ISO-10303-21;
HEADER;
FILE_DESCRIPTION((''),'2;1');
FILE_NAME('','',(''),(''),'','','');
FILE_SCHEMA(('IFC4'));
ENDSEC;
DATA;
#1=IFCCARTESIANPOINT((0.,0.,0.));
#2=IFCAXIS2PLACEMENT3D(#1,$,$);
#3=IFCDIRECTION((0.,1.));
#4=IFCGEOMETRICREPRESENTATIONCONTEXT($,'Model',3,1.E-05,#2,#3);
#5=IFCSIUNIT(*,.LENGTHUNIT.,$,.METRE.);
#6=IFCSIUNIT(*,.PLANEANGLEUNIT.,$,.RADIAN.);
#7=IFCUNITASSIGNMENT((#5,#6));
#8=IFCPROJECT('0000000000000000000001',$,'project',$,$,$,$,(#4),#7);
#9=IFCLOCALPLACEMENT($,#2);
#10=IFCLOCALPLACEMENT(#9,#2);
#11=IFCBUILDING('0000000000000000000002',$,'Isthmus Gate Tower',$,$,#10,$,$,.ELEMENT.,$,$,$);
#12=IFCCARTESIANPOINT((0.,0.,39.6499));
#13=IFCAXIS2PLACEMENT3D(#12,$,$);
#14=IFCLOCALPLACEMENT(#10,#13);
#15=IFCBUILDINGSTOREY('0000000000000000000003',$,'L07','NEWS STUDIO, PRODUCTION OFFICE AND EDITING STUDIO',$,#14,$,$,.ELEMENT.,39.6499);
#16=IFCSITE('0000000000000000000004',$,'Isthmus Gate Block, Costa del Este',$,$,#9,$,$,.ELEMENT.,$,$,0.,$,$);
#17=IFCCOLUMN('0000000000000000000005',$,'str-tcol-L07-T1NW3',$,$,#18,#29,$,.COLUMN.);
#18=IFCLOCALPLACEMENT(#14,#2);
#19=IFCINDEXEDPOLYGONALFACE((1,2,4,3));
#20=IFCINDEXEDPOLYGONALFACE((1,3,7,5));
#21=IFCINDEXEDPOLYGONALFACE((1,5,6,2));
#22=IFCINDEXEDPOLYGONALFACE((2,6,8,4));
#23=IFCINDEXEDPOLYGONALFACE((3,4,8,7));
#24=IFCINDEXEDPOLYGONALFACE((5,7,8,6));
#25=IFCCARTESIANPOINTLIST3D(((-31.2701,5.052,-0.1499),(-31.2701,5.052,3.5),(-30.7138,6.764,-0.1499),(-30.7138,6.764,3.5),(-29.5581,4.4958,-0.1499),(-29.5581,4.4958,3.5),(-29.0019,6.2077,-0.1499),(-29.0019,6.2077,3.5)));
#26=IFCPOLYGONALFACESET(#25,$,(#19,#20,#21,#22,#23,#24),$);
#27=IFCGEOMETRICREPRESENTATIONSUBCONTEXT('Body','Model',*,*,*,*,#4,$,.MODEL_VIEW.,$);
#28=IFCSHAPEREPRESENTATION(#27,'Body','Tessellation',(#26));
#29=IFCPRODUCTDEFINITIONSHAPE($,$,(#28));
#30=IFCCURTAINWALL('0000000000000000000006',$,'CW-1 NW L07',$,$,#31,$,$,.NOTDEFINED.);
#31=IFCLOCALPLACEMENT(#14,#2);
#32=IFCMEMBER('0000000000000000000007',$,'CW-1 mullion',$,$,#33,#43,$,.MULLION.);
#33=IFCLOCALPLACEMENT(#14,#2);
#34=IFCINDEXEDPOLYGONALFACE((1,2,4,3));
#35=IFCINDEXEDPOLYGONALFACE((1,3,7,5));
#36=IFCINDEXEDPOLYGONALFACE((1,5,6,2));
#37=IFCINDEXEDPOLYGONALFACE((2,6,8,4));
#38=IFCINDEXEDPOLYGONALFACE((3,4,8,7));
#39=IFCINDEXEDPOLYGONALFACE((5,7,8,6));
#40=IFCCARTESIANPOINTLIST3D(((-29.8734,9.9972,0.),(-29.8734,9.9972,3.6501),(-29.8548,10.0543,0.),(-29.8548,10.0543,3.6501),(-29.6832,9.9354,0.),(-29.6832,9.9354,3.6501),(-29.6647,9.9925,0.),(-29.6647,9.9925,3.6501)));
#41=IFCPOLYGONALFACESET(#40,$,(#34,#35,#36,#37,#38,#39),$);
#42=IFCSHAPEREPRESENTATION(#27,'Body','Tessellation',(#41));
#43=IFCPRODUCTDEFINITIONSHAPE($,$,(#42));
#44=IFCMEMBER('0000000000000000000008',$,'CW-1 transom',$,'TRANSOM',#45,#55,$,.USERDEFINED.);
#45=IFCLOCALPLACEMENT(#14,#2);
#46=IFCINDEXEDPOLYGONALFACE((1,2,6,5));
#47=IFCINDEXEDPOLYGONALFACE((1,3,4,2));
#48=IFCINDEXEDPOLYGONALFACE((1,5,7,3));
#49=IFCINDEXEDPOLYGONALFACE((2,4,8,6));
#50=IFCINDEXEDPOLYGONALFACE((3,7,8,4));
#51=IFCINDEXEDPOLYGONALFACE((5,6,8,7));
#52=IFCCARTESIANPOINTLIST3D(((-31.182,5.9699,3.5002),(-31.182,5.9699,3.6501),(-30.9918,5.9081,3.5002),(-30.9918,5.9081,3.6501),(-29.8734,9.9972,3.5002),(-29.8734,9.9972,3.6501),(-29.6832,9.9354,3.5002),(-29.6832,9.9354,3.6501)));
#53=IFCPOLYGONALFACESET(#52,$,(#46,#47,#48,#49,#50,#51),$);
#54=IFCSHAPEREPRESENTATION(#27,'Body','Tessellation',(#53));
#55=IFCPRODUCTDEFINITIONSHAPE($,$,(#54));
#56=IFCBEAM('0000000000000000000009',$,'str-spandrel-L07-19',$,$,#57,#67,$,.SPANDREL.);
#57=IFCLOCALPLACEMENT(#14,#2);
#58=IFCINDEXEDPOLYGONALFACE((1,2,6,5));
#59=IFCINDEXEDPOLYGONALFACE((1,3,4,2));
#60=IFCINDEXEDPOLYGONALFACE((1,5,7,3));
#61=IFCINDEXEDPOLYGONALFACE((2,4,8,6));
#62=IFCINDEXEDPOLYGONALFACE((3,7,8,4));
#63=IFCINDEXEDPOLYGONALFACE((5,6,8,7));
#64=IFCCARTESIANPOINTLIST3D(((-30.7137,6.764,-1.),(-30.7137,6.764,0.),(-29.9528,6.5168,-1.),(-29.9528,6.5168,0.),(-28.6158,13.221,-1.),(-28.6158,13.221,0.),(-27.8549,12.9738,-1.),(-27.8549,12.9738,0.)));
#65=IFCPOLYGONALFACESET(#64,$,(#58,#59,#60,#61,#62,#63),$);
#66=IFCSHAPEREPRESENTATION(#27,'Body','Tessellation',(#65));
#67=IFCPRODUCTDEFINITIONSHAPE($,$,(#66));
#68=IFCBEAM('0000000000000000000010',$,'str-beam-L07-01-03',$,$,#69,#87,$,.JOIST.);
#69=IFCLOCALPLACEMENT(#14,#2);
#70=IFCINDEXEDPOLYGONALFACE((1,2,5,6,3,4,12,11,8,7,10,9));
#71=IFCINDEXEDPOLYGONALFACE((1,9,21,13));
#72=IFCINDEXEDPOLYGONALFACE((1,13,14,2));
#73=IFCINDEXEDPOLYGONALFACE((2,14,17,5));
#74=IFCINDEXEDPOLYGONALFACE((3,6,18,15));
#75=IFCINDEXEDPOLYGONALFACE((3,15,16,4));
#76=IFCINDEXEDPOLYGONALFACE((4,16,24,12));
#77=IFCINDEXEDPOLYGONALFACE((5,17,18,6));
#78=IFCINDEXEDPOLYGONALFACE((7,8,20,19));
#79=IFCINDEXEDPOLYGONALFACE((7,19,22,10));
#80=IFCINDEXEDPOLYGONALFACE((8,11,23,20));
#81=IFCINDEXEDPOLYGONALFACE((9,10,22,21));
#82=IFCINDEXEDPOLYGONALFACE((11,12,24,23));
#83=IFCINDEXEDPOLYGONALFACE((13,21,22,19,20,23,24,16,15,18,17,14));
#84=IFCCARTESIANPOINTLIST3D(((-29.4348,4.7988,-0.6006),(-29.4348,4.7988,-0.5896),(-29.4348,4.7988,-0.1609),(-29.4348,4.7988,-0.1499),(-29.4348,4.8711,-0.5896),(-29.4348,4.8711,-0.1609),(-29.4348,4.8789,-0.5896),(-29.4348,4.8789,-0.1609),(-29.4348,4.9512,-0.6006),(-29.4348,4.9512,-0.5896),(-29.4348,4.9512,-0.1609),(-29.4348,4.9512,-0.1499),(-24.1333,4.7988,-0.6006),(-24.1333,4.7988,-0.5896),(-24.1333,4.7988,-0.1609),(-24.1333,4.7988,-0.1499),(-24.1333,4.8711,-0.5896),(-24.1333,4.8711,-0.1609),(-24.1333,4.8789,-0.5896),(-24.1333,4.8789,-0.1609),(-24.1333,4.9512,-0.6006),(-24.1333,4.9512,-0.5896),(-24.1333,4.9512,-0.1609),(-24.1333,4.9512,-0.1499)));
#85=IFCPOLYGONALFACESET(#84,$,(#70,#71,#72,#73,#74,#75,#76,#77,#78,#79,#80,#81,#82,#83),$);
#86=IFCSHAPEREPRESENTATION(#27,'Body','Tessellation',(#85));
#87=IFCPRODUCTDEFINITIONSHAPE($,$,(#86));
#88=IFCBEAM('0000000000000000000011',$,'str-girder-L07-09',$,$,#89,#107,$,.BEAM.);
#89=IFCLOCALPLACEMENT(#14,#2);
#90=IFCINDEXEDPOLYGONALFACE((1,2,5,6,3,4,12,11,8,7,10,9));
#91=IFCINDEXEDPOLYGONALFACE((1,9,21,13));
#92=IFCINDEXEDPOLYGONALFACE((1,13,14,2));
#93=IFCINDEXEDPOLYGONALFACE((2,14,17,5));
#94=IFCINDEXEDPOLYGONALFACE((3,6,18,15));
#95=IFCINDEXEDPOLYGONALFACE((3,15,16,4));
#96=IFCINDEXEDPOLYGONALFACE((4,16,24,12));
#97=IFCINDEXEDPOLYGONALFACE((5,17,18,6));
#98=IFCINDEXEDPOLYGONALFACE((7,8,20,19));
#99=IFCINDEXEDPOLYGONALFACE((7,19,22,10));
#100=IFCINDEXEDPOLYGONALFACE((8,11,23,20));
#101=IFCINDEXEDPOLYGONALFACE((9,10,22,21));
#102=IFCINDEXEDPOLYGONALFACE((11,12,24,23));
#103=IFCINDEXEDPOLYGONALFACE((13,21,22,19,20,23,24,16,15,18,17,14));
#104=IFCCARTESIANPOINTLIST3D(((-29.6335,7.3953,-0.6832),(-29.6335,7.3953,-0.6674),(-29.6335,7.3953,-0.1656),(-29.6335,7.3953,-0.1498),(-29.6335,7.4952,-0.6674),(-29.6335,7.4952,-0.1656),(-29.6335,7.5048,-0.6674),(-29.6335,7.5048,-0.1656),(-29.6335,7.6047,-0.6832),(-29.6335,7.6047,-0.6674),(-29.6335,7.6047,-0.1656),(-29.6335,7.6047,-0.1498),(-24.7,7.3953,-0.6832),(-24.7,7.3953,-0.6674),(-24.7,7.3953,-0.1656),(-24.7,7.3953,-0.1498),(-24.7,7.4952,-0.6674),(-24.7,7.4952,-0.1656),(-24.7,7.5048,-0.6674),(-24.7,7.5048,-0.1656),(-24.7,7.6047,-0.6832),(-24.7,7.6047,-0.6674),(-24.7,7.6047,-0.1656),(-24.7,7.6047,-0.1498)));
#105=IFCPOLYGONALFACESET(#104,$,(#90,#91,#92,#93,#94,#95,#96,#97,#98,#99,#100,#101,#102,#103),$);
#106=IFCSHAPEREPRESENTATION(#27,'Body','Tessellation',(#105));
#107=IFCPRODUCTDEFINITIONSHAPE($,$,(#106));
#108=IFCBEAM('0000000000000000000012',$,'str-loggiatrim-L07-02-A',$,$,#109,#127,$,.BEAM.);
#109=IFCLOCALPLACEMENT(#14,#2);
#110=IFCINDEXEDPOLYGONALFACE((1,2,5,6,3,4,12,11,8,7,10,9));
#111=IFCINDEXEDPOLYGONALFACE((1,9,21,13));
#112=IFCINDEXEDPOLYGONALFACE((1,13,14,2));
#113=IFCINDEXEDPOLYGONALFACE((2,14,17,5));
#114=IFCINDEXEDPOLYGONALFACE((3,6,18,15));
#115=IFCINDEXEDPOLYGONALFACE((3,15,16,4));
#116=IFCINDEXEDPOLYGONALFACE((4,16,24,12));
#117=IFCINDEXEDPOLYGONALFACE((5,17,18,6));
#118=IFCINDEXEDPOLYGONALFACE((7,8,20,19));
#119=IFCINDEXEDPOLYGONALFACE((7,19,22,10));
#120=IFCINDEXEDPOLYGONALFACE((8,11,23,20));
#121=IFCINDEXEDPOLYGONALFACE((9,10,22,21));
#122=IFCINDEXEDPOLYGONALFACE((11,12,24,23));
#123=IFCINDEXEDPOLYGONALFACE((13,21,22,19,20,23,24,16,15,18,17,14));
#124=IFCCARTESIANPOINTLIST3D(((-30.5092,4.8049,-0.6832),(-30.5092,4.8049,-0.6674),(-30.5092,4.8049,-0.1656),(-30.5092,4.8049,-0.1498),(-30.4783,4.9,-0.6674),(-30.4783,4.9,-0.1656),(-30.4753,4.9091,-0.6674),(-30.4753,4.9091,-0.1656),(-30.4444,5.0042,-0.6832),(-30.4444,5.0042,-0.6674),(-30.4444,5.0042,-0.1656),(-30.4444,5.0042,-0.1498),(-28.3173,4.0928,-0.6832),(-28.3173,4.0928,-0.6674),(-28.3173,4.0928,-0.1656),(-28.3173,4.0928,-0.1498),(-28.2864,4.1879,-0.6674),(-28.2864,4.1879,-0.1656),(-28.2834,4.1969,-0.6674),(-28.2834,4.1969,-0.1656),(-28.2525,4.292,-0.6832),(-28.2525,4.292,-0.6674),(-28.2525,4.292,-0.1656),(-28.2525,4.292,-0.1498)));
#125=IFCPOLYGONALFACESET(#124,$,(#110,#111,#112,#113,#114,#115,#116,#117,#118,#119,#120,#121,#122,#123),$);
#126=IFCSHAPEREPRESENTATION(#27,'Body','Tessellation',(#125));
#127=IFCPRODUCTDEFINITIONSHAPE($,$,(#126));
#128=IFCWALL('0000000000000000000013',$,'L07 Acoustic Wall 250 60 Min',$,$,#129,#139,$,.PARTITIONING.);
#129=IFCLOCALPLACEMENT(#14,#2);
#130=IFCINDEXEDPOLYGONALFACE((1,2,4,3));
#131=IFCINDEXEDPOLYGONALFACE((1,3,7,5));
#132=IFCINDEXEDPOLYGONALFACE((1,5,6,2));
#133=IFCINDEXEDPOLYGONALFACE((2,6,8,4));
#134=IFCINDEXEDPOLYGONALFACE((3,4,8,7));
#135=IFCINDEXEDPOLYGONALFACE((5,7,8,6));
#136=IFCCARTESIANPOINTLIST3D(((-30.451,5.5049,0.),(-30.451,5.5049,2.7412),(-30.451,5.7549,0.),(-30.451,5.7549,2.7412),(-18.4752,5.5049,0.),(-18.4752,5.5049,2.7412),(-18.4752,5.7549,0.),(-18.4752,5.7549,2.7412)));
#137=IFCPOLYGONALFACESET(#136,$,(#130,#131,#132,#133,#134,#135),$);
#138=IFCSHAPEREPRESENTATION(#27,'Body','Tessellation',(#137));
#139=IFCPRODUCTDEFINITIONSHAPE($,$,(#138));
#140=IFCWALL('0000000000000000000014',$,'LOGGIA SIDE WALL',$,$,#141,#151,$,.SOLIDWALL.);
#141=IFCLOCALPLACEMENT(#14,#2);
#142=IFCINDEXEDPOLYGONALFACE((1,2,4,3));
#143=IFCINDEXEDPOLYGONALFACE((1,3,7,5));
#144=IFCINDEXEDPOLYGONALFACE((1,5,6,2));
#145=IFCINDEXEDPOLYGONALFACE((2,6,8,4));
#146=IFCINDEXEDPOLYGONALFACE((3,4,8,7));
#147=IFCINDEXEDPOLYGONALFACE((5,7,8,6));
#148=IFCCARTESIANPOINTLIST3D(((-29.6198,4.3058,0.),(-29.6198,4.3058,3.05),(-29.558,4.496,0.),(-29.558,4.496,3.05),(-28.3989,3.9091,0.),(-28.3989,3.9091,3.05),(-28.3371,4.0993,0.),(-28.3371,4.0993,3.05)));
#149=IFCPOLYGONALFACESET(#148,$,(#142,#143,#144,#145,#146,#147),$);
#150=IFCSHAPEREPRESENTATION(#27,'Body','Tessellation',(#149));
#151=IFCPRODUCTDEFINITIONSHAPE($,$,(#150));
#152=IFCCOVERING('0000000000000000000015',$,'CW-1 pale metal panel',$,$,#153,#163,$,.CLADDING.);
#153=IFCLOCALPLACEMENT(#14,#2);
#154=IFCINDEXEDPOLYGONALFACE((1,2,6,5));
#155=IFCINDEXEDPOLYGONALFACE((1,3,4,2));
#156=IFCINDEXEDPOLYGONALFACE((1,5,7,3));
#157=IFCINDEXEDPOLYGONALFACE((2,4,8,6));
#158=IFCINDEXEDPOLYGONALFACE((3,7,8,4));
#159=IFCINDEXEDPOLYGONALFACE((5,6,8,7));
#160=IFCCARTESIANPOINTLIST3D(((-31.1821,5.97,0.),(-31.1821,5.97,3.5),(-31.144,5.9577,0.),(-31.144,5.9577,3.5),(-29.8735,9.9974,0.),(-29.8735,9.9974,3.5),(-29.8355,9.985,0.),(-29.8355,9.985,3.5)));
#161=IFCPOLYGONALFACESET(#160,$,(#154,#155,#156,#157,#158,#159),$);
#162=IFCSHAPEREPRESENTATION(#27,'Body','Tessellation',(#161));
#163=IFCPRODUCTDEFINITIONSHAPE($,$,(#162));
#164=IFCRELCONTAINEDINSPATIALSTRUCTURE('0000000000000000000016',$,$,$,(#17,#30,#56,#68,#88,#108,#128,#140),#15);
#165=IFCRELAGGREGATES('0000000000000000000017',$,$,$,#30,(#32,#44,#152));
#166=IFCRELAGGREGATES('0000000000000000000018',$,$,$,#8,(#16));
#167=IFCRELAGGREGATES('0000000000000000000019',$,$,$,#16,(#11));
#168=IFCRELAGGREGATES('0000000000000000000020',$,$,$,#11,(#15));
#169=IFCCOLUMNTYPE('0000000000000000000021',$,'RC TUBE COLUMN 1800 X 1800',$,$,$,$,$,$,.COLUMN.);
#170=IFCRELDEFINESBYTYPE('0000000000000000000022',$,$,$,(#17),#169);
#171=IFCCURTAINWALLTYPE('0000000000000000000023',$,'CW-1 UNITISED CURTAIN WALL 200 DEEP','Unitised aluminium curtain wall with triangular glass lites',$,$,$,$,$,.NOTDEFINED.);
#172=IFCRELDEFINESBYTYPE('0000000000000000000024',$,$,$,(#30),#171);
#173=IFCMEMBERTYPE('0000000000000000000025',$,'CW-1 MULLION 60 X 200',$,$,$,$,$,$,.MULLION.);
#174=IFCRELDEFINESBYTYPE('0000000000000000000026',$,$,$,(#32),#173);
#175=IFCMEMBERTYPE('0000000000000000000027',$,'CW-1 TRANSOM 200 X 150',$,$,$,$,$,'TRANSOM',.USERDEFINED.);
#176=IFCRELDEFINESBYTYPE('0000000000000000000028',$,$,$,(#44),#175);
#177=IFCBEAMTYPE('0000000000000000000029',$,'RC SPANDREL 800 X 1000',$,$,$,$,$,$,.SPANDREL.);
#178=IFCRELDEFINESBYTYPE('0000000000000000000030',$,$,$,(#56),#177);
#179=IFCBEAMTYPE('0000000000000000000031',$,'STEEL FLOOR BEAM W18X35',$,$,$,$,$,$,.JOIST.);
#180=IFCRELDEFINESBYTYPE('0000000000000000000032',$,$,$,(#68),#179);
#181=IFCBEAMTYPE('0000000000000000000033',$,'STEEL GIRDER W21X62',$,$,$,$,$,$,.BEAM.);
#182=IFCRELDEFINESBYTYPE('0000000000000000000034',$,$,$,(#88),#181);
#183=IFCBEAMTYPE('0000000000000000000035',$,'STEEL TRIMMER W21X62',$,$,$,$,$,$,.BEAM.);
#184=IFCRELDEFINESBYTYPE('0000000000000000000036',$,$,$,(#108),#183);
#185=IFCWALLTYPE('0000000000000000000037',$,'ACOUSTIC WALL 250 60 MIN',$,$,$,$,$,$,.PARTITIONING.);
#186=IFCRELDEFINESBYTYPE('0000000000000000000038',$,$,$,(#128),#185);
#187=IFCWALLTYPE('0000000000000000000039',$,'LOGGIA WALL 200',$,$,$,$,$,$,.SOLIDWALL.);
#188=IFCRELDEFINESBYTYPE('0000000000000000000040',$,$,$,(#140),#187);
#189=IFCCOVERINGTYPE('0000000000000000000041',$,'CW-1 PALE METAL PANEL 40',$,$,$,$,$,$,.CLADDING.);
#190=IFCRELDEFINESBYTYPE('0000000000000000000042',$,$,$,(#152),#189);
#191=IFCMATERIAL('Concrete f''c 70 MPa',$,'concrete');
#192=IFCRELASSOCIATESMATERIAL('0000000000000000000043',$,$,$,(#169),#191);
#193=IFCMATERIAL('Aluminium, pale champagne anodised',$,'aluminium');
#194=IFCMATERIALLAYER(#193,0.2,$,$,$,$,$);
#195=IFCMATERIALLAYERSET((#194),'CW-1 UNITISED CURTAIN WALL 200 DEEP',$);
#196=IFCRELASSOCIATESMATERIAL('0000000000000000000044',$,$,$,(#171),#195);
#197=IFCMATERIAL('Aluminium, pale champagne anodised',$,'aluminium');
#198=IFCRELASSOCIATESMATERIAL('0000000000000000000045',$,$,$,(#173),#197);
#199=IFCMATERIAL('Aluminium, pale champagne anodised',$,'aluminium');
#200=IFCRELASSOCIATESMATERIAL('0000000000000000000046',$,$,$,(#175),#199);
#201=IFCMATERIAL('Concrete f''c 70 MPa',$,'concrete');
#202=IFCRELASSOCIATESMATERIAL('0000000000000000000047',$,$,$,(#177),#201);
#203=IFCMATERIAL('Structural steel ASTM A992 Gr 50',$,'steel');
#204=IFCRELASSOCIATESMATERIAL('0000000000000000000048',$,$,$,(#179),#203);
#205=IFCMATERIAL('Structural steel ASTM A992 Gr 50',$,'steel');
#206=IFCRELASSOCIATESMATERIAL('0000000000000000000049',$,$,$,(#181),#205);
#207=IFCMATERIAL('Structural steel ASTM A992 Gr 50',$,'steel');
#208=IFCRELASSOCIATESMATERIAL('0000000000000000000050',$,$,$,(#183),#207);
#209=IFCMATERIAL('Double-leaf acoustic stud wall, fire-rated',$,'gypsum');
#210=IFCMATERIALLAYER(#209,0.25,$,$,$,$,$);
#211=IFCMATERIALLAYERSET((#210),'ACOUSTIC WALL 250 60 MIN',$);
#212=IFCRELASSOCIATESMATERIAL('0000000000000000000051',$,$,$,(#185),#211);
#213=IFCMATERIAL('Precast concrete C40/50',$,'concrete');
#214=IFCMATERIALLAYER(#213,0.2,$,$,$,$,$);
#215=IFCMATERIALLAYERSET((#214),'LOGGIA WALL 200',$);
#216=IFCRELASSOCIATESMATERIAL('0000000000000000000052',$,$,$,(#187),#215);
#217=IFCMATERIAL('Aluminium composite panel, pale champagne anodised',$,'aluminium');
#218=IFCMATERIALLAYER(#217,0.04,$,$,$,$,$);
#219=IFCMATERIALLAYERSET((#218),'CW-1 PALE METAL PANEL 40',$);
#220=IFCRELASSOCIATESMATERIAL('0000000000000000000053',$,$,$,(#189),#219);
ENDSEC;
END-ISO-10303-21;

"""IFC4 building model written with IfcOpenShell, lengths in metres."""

from ifc_helpers import new_model, si_unit, direction, frame, frame_2d, origin, origin_2d, place, context, subcontext, project, spatial, rectangle, i_section, extrude, material, layer, layer_set, material_profile, profile_set, type_object, element, aggregate, save


model = new_model("IFC4")

# Units and contexts
model_context = context("Model", 3, precision=1e-05, world=origin(), true_north=direction((0.0, 1.0)))
body_context = subcontext(model_context, "Body", "Model", "MODEL_VIEW")
ifc_project = project(units=[si_unit("LENGTHUNIT", "METRE"), si_unit("PLANEANGLEUNIT", "RADIAN")], contexts=[model_context])

# Site, building, storey
site_placement = place(None, origin())
site = spatial("IfcSite", under=ifc_project, at=site_placement, Name="Isthmus Gate Block, Costa del Este", CompositionType="ELEMENT", RefElevation=0.0)
building_placement = place(site_placement, origin())
building = spatial("IfcBuilding", under=site, at=building_placement, Name="Isthmus Gate Tower", CompositionType="ELEMENT")
storey_placement = place(building_placement, frame((0.0, 0.0, 39.6499)))
storey = spatial("IfcBuildingStorey", under=building, at=storey_placement, Name="L07", Description="NEWS STUDIO, PRODUCTION OFFICE AND EDITING STUDIO", CompositionType="ELEMENT", Elevation=39.6499)

# Column
ifc_material_1 = material(Name="Concrete f'c 70 MPa", Category="concrete")
ifc_material_profile_1 = material_profile(ifc_material_1, rectangle(XDim=1.8, YDim=1.8, at=origin_2d()), Name="RC 1800X1800")
ifc_profile_set_1 = profile_set([ifc_material_profile_1], Name="Concrete f'c 70 MPa")
column_type = type_object("IfcColumnType", Name="RC TUBE COLUMN 1800 X 1800", PredefinedType="COLUMN", material=ifc_profile_set_1)
column_placement = place(storey_placement, frame((-30.136, 5.6299, -0.1499), z_axis=(0.0, 0.0, 1.0), x_axis=(-0.309017, -0.951057, 0.0)))
element("IfcColumn", 1, at=column_placement, inside=storey, type_object=column_type, Name="str-tcol-L07-T1NW3", PredefinedType="COLUMN", context=body_context, shape_type="SweptSolid", body=[
    extrude(rectangle(XDim=1.8, YDim=1.8, at=origin_2d()), origin(), (0.0, 0.0, 1.0), 3.6499),
])

# Curtain wall, members
ifc_material_2 = material(Name="Aluminium, pale champagne anodised", Category="aluminium")
ifc_layer_1 = layer(ifc_material_2, 0.2)
ifc_layer_set_1 = layer_set([ifc_layer_1], Name="CW-1 UNITISED CURTAIN WALL 200 DEEP")
curtain_wall_type = type_object("IfcCurtainWallType", Name="CW-1 UNITISED CURTAIN WALL 200 DEEP", Description="Unitised aluminium curtain wall with triangular glass lites", PredefinedType="NOTDEFINED", material=ifc_layer_set_1)
curtain_wall_placement = place(storey_placement, origin())
curtain_wall = element("IfcCurtainWall", 2, at=curtain_wall_placement, inside=storey, type_object=curtain_wall_type, Name="CW-1 NW L07", PredefinedType="NOTDEFINED")
ifc_material_3 = material(Name="Aluminium, pale champagne anodised", Category="aluminium")
ifc_material_profile_2 = material_profile(ifc_material_3, rectangle(XDim=0.0601, YDim=0.2, at=origin_2d()), Name="60x200")
ifc_profile_set_2 = profile_set([ifc_material_profile_2], Name="Aluminium, pale champagne anodised")
member_type_1 = type_object("IfcMemberType", Name="CW-1 MULLION 60 X 200", PredefinedType="MULLION", material=ifc_profile_set_2)
member_1_placement = place(storey_placement, frame((-29.769, 9.9949, 0.0), z_axis=(0.0, 0.0, 1.0), x_axis=(-0.309017, -0.951057, 0.0)))
member_1 = element("IfcMember", 3, at=member_1_placement, type_object=member_type_1, Name="CW-1 mullion", PredefinedType="MULLION", context=body_context, shape_type="SweptSolid", body=[
    extrude(rectangle(XDim=0.0601, YDim=0.2, at=origin_2d()), origin(), (0.0, 0.0, 1.0), 3.6501),
])
ifc_material_4 = material(Name="Aluminium, pale champagne anodised", Category="aluminium")
ifc_material_profile_3 = material_profile(ifc_material_4, rectangle(XDim=0.2, YDim=0.1499, at=origin_2d()), Name="200x150")
ifc_profile_set_3 = profile_set([ifc_material_profile_3], Name="Aluminium, pale champagne anodised")
member_type_2 = type_object("IfcMemberType", Name="CW-1 TRANSOM 200 X 150", ElementType="TRANSOM", PredefinedType="USERDEFINED", material=ifc_profile_set_3)
member_2_placement = place(storey_placement, frame((-29.7783, 9.9663, 3.5752), z_axis=(-0.309023, -0.951054, 0.0), x_axis=(0.951054, -0.309023, 0.0)))
member_2 = element("IfcMember", 4, at=member_2_placement, type_object=member_type_2, Name="CW-1 transom", ObjectType="TRANSOM", PredefinedType="USERDEFINED", context=body_context, shape_type="SweptSolid", body=[
    extrude(rectangle(XDim=0.2, YDim=0.1499, at=origin_2d()), origin(), (0.0, 0.0, 1.0), 4.2346),
])

# Beams
ifc_material_5 = material(Name="Concrete f'c 70 MPa", Category="concrete")
ifc_material_profile_4 = material_profile(ifc_material_5, rectangle(XDim=0.8, YDim=1.0, at=origin_2d()), Name="RC 800X1000")
ifc_profile_set_4 = profile_set([ifc_material_profile_4], Name="Concrete f'c 70 MPa")
beam_type_1 = type_object("IfcBeamType", Name="RC SPANDREL 800 X 1000", PredefinedType="SPANDREL", material=ifc_profile_set_4)
beam_1_placement = place(storey_placement, frame((-30.3333, 6.6404, -0.5), z_axis=(0.309002, 0.951062, 0.0), x_axis=(-0.951062, 0.309002, 0.0)))
element("IfcBeam", 5, at=beam_1_placement, inside=storey, type_object=beam_type_1, Name="str-spandrel-L07-19", PredefinedType="SPANDREL", context=body_context, shape_type="SweptSolid", body=[
    extrude(rectangle(XDim=0.8, YDim=1.0, at=origin_2d()), origin(), (0.0, 0.0, 1.0), 6.7893),
])
ifc_material_6 = material(Name="Structural steel ASTM A992 Gr 50", Category="steel")
ifc_material_profile_5 = material_profile(ifc_material_6, i_section(OverallWidth=0.1523, OverallDepth=0.4507, WebThickness=0.0078, FlangeThickness=0.011, at=origin_2d()), Name="W18X35")
ifc_profile_set_5 = profile_set([ifc_material_profile_5], Name="Structural steel ASTM A992 Gr 50")
beam_type_2 = type_object("IfcBeamType", Name="STEEL FLOOR BEAM W18X35", PredefinedType="JOIST", material=ifc_profile_set_5)
beam_2_placement = place(storey_placement, frame((-29.4348, 4.875, -0.3752), z_axis=(1.0, 0.0, 0.0), x_axis=(0.0, 1.0, 0.0)))
element("IfcBeam", 6, at=beam_2_placement, inside=storey, type_object=beam_type_2, Name="str-beam-L07-01-03", PredefinedType="JOIST", context=body_context, shape_type="SweptSolid", body=[
    extrude(i_section(OverallWidth=0.1523, OverallDepth=0.4507, WebThickness=0.0078, FlangeThickness=0.011, at=origin_2d()), origin(), (0.0, 0.0, 1.0), 5.3015),
])
ifc_material_7 = material(Name="Structural steel ASTM A992 Gr 50", Category="steel")
ifc_material_profile_6 = material_profile(ifc_material_7, i_section(OverallWidth=0.2095, OverallDepth=0.5334, WebThickness=0.0095, FlangeThickness=0.0159, at=origin_2d()), Name="W21X62")
ifc_profile_set_6 = profile_set([ifc_material_profile_6], Name="Structural steel ASTM A992 Gr 50")
beam_type_3 = type_object("IfcBeamType", Name="STEEL GIRDER W21X62", PredefinedType="BEAM", material=ifc_profile_set_6)
beam_3_placement = place(storey_placement, frame((-29.6335, 7.5, -0.4165), z_axis=(1.0, 0.0, 0.0), x_axis=(0.0, 1.0, 0.0)))
element("IfcBeam", 7, at=beam_3_placement, inside=storey, type_object=beam_type_3, Name="str-girder-L07-09", PredefinedType="BEAM", context=body_context, shape_type="SweptSolid", body=[
    extrude(i_section(OverallWidth=0.2095, OverallDepth=0.5334, WebThickness=0.0095, FlangeThickness=0.0159, at=origin_2d()), origin(), (0.0, 0.0, 1.0), 4.9336),
])
ifc_material_8 = material(Name="Structural steel ASTM A992 Gr 50", Category="steel")
ifc_material_profile_7 = material_profile(ifc_material_8, i_section(OverallWidth=0.2095, OverallDepth=0.5334, WebThickness=0.0095, FlangeThickness=0.0159, at=origin_2d()), Name="W21X62")
ifc_profile_set_7 = profile_set([ifc_material_profile_7], Name="Structural steel ASTM A992 Gr 50")
beam_type_4 = type_object("IfcBeamType", Name="STEEL TRIMMER W21X62", PredefinedType="BEAM", material=ifc_profile_set_7)
beam_4_placement = place(storey_placement, frame((-30.4768, 4.9045, -0.4165), z_axis=(0.951061, -0.309005, 0.0), x_axis=(0.309005, 0.951061, 0.0)))
element("IfcBeam", 8, at=beam_4_placement, inside=storey, type_object=beam_type_4, Name="str-loggiatrim-L07-02-A", PredefinedType="BEAM", context=body_context, shape_type="SweptSolid", body=[
    extrude(i_section(OverallWidth=0.2095, OverallDepth=0.5334, WebThickness=0.0095, FlangeThickness=0.0159, at=origin_2d()), origin(), (0.0, 0.0, 1.0), 2.3047),
])

# Walls
ifc_material_9 = material(Name="Double-leaf acoustic stud wall, fire-rated", Category="gypsum")
ifc_layer_2 = layer(ifc_material_9, 0.25)
ifc_layer_set_2 = layer_set([ifc_layer_2], Name="ACOUSTIC WALL 250 60 MIN")
wall_type_1 = type_object("IfcWallType", Name="ACOUSTIC WALL 250 60 MIN", PredefinedType="PARTITIONING", material=ifc_layer_set_2)
wall_1_placement = place(storey_placement, frame((-30.4509, 5.6299, 0.0), z_axis=(0.0, 0.0, 1.0), x_axis=(1.0, 0.0, 0.0)))
element("IfcWall", 9, at=wall_1_placement, inside=storey, type_object=wall_type_1, Name="L07 Acoustic Wall 250 60 Min", PredefinedType="PARTITIONING", context=body_context, shape_type="SweptSolid", body=[
    extrude(rectangle(XDim=11.9758, YDim=0.25, at=frame_2d((5.9878, 0.0))), origin(), (0.0, 0.0, 1.0), 2.7412),
])
ifc_material_10 = material(Name="Precast concrete C40/50", Category="concrete")
ifc_layer_3 = layer(ifc_material_10, 0.2)
ifc_layer_set_3 = layer_set([ifc_layer_3], Name="LOGGIA WALL 200")
wall_type_2 = type_object("IfcWallType", Name="LOGGIA WALL 200", PredefinedType="SOLIDWALL", material=ifc_layer_set_3)
wall_2_placement = place(storey_placement, frame((-29.5889, 4.4009, 0.0), z_axis=(0.0, 0.0, 1.0), x_axis=(0.951052, -0.30903, 0.0)))
element("IfcWall", 10, at=wall_2_placement, inside=storey, type_object=wall_type_2, Name="LOGGIA SIDE WALL", PredefinedType="SOLIDWALL", context=body_context, shape_type="SweptSolid", body=[
    extrude(rectangle(XDim=1.2837, YDim=0.2, at=frame_2d((0.6418, 0.0))), origin(), (0.0, 0.0, 1.0), 3.05),
])

# Covering
ifc_material_11 = material(Name="Aluminium composite panel, pale champagne anodised", Category="aluminium")
ifc_layer_4 = layer(ifc_material_11, 0.04)
ifc_layer_set_4 = layer_set([ifc_layer_4], Name="CW-1 PALE METAL PANEL 40")
covering_type = type_object("IfcCoveringType", Name="CW-1 PALE METAL PANEL 40", PredefinedType="CLADDING", material=ifc_layer_set_4)
covering_placement = place(storey_placement, frame((-30.5088, 7.9775, 0.0), z_axis=(0.0, 0.0, 1.0), x_axis=(-0.309017, -0.951057, 0.0)))
covering = element("IfcCovering", 11, at=covering_placement, type_object=covering_type, Name="CW-1 pale metal panel", PredefinedType="CLADDING", context=body_context, shape_type="SweptSolid", body=[
    extrude(rectangle(XDim=4.2346, YDim=0.04, at=origin_2d()), origin(), (0.0, 0.0, 1.0), 3.5),
])
aggregate(curtain_wall, [member_1, member_2, covering])

save(model, "model.ifc")
